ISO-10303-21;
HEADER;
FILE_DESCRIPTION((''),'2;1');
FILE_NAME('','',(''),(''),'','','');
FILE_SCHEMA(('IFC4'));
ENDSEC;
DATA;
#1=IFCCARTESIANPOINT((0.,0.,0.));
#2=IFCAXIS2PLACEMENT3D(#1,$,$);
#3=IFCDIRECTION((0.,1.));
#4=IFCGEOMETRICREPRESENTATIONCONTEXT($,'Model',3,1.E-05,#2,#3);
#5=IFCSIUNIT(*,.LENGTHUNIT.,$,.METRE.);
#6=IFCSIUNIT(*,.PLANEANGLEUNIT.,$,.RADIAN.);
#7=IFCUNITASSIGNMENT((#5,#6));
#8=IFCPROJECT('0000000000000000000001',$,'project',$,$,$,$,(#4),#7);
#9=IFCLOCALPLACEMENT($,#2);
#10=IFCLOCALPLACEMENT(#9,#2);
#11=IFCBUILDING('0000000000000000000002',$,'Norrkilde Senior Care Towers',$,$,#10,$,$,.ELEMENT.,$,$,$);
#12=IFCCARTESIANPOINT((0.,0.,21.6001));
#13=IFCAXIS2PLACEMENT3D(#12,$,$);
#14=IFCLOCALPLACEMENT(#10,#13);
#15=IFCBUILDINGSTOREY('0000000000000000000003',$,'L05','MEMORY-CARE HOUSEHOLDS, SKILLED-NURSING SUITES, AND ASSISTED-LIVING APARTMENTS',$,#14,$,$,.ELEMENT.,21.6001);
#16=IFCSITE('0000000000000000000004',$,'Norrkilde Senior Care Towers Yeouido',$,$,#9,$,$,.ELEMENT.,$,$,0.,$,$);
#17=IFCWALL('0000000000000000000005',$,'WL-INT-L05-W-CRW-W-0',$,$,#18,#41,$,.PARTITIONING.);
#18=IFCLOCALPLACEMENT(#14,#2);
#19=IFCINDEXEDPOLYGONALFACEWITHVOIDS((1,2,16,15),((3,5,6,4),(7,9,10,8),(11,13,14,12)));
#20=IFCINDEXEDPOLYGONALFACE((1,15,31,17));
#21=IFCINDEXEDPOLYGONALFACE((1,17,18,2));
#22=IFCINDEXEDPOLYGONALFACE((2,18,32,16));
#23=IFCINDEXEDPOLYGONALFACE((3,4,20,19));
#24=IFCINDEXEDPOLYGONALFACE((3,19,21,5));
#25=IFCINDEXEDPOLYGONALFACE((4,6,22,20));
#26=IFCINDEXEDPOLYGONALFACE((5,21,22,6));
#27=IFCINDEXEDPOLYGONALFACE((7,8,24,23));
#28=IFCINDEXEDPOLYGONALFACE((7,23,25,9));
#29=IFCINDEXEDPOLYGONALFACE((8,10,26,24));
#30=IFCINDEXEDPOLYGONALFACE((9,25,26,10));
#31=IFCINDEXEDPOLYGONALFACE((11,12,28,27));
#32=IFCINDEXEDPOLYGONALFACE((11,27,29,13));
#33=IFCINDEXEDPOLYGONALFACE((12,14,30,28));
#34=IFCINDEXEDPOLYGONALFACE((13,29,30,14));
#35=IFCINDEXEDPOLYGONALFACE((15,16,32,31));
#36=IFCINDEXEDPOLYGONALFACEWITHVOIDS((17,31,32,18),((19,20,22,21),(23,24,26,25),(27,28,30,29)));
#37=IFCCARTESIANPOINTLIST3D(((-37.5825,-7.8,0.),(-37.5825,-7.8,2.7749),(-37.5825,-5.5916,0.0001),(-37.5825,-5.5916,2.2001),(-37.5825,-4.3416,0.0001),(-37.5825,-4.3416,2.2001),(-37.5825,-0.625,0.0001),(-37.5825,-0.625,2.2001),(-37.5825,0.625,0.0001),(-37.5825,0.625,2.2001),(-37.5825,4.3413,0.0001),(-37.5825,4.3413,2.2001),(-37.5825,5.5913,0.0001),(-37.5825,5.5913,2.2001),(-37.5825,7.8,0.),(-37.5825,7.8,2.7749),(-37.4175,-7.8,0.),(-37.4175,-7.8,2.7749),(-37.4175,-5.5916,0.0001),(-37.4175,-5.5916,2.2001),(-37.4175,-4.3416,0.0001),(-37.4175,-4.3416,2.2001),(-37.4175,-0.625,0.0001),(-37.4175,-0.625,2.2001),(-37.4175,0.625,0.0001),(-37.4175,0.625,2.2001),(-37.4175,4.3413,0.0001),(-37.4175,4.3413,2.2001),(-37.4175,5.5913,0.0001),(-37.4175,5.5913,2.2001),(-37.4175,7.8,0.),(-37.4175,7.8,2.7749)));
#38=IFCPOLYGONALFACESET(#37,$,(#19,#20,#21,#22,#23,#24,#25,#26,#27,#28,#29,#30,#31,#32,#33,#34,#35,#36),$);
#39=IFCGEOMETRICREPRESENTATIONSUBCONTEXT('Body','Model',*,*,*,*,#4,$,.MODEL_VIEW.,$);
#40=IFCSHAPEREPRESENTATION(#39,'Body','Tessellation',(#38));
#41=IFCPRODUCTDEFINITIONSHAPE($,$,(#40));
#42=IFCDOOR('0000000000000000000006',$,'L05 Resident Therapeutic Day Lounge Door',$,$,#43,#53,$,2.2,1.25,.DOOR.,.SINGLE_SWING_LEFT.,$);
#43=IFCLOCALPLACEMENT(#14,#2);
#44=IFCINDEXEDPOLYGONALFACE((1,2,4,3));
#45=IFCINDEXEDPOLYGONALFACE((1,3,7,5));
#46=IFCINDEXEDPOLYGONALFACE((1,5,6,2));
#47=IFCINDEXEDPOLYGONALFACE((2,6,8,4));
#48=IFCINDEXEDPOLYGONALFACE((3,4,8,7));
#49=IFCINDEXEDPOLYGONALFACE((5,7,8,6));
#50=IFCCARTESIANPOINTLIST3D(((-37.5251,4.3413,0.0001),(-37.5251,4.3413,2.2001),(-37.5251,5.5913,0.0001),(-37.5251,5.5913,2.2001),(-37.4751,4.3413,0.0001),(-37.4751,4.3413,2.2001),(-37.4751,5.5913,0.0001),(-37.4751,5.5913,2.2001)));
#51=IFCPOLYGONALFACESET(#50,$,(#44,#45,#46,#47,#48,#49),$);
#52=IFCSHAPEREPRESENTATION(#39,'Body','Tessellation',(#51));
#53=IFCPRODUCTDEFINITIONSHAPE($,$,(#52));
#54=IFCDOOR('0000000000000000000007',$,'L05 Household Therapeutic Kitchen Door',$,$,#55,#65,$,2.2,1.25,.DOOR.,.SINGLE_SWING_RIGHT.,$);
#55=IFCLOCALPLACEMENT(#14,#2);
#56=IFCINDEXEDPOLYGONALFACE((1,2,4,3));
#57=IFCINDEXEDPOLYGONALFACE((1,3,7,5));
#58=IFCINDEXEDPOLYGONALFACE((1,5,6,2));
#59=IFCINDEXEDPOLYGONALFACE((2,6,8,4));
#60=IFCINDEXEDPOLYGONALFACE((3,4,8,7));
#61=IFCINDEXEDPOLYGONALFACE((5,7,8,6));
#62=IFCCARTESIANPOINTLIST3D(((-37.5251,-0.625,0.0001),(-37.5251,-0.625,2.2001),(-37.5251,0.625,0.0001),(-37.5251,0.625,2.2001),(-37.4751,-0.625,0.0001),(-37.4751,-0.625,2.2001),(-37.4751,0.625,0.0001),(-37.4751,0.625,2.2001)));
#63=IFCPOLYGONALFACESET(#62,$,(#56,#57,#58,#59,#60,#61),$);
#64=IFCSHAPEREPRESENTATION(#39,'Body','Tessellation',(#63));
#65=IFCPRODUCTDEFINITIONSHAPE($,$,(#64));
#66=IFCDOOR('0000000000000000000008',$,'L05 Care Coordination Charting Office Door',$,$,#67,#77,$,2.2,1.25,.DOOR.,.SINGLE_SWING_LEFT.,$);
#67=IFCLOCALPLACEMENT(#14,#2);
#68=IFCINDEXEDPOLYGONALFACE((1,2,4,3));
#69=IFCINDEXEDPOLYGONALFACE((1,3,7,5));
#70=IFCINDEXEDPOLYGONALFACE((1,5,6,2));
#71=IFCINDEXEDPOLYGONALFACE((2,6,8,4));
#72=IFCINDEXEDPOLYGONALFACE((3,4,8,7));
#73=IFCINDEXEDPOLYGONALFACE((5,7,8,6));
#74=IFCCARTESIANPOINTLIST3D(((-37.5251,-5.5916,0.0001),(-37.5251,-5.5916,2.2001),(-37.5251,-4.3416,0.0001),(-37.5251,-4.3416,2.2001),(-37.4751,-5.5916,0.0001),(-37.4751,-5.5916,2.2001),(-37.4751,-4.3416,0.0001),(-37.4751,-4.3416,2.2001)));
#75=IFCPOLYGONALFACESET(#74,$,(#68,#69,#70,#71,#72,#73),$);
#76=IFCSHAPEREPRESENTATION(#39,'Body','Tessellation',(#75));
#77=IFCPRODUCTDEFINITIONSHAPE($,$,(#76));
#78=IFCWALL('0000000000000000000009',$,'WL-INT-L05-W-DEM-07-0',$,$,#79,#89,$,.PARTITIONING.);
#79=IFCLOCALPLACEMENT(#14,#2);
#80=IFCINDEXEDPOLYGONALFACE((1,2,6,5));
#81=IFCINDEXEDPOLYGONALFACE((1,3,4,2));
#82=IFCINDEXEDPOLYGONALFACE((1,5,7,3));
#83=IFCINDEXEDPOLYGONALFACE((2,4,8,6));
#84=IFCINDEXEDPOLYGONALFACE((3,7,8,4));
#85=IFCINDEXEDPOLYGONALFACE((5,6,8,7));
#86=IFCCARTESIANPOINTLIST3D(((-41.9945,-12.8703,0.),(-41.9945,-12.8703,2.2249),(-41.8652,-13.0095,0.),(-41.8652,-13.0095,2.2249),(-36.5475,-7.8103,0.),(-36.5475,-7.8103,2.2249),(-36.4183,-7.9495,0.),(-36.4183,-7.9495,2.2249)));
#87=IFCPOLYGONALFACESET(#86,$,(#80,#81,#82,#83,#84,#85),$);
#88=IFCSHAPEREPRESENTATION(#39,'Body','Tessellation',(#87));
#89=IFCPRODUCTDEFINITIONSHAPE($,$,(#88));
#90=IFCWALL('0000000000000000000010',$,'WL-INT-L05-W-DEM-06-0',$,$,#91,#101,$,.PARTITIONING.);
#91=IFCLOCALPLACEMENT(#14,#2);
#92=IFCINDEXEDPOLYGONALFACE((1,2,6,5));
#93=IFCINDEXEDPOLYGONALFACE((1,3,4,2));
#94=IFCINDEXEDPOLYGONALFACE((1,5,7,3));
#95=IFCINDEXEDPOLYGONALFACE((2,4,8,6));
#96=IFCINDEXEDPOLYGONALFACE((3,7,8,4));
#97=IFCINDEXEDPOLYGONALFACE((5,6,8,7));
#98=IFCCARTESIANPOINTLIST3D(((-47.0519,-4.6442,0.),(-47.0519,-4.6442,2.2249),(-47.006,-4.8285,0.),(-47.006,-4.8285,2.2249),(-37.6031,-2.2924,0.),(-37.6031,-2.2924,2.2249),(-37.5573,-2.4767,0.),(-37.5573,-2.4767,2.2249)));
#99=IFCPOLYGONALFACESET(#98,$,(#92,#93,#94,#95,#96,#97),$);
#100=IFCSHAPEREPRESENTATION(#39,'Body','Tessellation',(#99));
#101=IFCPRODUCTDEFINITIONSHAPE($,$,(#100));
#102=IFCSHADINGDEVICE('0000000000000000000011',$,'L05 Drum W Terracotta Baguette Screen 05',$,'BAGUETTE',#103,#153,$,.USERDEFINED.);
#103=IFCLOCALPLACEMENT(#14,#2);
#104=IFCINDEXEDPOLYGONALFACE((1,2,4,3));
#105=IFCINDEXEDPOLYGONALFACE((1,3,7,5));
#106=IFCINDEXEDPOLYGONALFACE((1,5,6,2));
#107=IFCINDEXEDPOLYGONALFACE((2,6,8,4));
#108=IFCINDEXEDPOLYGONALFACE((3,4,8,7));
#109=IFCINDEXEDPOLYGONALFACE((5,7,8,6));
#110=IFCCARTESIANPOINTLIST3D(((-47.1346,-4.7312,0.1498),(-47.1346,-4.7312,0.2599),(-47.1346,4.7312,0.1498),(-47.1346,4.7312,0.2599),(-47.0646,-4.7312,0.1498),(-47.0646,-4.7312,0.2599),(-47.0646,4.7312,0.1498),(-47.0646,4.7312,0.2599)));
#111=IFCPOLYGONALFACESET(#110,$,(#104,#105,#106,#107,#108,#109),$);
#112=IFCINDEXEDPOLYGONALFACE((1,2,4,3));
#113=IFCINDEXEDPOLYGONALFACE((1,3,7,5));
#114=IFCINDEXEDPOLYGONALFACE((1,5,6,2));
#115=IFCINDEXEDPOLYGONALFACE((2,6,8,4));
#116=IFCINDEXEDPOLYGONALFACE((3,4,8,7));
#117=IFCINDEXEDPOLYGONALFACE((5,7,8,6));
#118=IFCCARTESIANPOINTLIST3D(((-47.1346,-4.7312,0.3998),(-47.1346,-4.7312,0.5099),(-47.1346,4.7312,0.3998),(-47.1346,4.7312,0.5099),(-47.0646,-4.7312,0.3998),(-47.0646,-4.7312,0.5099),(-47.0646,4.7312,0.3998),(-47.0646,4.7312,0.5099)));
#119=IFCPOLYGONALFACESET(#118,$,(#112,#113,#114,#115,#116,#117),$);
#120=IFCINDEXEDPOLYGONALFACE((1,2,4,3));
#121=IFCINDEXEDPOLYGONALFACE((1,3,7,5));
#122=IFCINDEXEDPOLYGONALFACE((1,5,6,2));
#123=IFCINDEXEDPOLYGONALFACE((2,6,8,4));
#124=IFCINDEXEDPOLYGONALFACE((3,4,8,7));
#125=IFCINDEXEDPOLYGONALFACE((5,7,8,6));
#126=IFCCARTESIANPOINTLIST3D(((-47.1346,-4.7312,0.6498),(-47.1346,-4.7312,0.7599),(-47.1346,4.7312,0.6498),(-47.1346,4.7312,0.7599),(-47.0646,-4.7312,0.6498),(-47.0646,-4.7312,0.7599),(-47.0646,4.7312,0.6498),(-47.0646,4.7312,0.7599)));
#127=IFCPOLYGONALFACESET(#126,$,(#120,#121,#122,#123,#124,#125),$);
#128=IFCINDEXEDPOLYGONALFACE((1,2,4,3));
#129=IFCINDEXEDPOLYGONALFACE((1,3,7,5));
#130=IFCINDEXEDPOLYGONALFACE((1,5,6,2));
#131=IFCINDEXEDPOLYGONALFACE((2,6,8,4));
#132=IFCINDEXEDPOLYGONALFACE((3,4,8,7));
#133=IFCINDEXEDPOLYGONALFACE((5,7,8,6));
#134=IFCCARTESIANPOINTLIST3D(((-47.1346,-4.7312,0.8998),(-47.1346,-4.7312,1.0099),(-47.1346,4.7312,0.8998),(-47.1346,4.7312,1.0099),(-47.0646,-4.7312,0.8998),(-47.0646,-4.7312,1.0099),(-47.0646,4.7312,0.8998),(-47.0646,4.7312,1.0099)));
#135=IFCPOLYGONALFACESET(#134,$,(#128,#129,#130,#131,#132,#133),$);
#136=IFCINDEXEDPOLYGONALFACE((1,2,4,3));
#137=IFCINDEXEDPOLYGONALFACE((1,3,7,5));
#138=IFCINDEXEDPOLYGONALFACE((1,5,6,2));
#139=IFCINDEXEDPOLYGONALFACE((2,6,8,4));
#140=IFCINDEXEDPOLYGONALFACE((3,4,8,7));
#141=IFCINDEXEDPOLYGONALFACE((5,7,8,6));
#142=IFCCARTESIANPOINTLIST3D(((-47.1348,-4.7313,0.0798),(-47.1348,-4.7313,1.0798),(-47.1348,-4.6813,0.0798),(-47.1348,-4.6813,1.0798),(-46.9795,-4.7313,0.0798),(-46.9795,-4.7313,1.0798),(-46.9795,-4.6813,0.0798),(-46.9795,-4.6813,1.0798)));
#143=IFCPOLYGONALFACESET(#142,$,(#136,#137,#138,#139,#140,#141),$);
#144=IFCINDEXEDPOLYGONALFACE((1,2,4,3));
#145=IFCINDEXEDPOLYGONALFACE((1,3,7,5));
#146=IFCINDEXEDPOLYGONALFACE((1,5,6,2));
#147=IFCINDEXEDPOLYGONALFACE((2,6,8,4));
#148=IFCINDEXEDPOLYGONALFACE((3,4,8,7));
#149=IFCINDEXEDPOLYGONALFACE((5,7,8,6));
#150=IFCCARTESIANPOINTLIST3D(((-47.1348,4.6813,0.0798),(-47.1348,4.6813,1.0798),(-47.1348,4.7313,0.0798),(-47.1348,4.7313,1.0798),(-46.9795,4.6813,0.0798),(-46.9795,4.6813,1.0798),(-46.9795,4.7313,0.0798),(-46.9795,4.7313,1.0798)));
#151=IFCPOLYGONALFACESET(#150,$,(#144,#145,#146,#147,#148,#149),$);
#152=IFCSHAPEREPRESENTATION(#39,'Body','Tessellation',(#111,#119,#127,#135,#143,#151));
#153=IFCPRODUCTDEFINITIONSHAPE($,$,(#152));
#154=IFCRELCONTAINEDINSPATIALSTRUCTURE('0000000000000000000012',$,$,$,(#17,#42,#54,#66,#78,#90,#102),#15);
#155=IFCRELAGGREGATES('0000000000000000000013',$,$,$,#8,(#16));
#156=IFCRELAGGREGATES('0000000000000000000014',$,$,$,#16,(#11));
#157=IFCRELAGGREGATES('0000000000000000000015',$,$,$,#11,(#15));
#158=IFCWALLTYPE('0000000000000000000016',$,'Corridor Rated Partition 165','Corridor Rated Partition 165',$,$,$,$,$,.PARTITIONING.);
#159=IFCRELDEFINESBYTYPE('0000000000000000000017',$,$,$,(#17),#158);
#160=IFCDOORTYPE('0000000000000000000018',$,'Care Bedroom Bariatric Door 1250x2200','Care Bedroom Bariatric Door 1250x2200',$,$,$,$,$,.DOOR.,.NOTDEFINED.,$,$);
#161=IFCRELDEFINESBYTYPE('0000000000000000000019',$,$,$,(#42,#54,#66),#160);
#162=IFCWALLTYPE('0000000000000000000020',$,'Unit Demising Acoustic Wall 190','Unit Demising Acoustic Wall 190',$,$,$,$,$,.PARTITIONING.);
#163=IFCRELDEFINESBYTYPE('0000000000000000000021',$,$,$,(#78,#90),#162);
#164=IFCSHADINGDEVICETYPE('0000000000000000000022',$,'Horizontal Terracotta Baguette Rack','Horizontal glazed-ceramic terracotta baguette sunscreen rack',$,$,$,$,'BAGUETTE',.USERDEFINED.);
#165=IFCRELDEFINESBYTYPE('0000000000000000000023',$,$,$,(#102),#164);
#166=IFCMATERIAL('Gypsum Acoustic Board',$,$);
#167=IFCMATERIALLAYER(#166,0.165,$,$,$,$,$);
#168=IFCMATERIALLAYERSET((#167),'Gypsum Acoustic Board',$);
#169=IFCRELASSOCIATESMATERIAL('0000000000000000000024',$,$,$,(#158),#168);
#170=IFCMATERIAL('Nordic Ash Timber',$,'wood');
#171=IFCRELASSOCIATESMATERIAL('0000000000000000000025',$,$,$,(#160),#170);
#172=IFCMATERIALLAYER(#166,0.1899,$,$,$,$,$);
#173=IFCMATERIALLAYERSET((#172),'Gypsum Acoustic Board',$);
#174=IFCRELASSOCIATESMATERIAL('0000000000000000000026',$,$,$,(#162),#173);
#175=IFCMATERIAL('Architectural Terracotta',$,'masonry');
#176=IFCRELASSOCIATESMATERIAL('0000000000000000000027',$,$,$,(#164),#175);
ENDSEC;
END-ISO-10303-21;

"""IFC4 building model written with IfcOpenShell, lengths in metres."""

from ifc_helpers import new_model, si_unit, direction, frame, frame_2d, origin, origin_2d, place, context, subcontext, project, spatial, rectangle, extrude, source, transform, mapped, material, layer, layer_set, type_object, type_shapes, element, fill, save


model = new_model("IFC4")

# Units and contexts
model_context = context("Model", 3, precision=1e-05, world=origin(), true_north=direction((0.0, 1.0)))
body_context = subcontext(model_context, "Body", "Model", "MODEL_VIEW")
ifc_project = project(units=[si_unit("LENGTHUNIT", "METRE"), si_unit("PLANEANGLEUNIT", "RADIAN")], contexts=[model_context])

# Site, building, storey
site_placement = place(None, origin())
site = spatial("IfcSite", under=ifc_project, at=site_placement, Name="Norrkilde Senior Care Towers Yeouido", CompositionType="ELEMENT", RefElevation=0.0)
building_placement = place(site_placement, origin())
building = spatial("IfcBuilding", under=site, at=building_placement, Name="Norrkilde Senior Care Towers", CompositionType="ELEMENT")
storey_placement = place(building_placement, frame((0.0, 0.0, 21.6001)))
storey = spatial("IfcBuildingStorey", under=building, at=storey_placement, Name="L05", Description="MEMORY-CARE HOUSEHOLDS, SKILLED-NURSING SUITES, AND ASSISTED-LIVING APARTMENTS", CompositionType="ELEMENT", Elevation=21.6001)

# Wall, openings, doors
ifc_material_1 = material(Name="Gypsum Acoustic Board")
ifc_layer_1 = layer(ifc_material_1, 0.165)
ifc_layer_set_1 = layer_set([ifc_layer_1], Name="Gypsum Acoustic Board")
wall_type_1 = type_object("IfcWallType", Name="Corridor Rated Partition 165", Description="Corridor Rated Partition 165", PredefinedType="PARTITIONING", material=ifc_layer_set_1)
shared_shape_1 = source(origin(), body_context, "Body", "SweptSolid", [
    extrude(rectangle(XDim=15.6001, YDim=0.165, at=frame_2d((7.8, 0.0))), origin(), (0.0, 0.0, 1.0), 2.7749),
])
type_shapes(wall_type_1, [shared_shape_1])
wall_1_placement = place(storey_placement, frame((-37.5, -7.8, 0.0), z_axis=(0.0, 0.0, 1.0), x_axis=(0.0, 1.0, 0.0)))
wall_1 = element("IfcWall", 1, at=wall_1_placement, inside=storey, type_object=wall_type_1, Name="WL-INT-L05-W-CRW-W-0", PredefinedType="PARTITIONING", context=body_context, shape_type="MappedRepresentation", body=[
    mapped(shared_shape_1, transform((0.0, 0.0, 0.0), x_axis=(1.0, 0.0, 0.0), y_axis=(0.0, 1.0, 0.0), z_axis=(0.0, 0.0, 1.0), scale=1.0)),
])
opening_1_placement = place(wall_1_placement, frame((12.1414, 0.0, 0.0)))
opening_1 = element("IfcOpeningElement", 2, at=opening_1_placement, cuts=wall_1, PredefinedType="OPENING", context=body_context, shape_type="SweptSolid", body=[
    extrude(rectangle(XDim=1.25, YDim=2.2, at=frame_2d((0.625, 1.1001))), frame((0.0, 0.0925, 0.0), z_axis=(0.0, -1.0, 0.0), x_axis=(1.0, 0.0, 0.0)), (0.0, 0.0, 1.0), 0.1851),
])
opening_2_placement = place(wall_1_placement, frame((7.175, 0.0, 0.0)))
opening_2 = element("IfcOpeningElement", 3, at=opening_2_placement, cuts=wall_1, PredefinedType="OPENING", context=body_context, shape_type="SweptSolid", body=[
    extrude(rectangle(XDim=1.25, YDim=2.2, at=frame_2d((0.625, 1.1001))), frame((0.0, 0.0925, 0.0), z_axis=(0.0, -1.0, 0.0), x_axis=(1.0, 0.0, 0.0)), (0.0, 0.0, 1.0), 0.1851),
])
opening_3_placement = place(wall_1_placement, frame((2.2085, 0.0, 0.0)))
opening_3 = element("IfcOpeningElement", 4, at=opening_3_placement, cuts=wall_1, PredefinedType="OPENING", context=body_context, shape_type="SweptSolid", body=[
    extrude(rectangle(XDim=1.25, YDim=2.2, at=frame_2d((0.625, 1.1001))), frame((0.0, 0.0925, 0.0), z_axis=(0.0, -1.0, 0.0), x_axis=(1.0, 0.0, 0.0)), (0.0, 0.0, 1.0), 0.1851),
])
ifc_material_2 = material(Name="Nordic Ash Timber", Category="wood")
door_type_1 = type_object("IfcDoorType", Name="Care Bedroom Bariatric Door 1250x2200", Description="Care Bedroom Bariatric Door 1250x2200", OperationType="NOTDEFINED", PredefinedType="DOOR", material=ifc_material_2)
shared_shape_2 = source(origin(), body_context, "Body", "SweptSolid", [
    extrude(rectangle(XDim=1.25, YDim=2.2, at=frame_2d((0.625, 1.1001))), frame((0.0, 0.0249, 0.0), z_axis=(0.0, -1.0, 0.0), x_axis=(1.0, 0.0, 0.0)), (0.0, 0.0, 1.0), 0.05),
])
type_shapes(door_type_1, [shared_shape_2])
door_1_placement = place(opening_1_placement, frame((1.25, 0.0, 0.0), z_axis=(0.0, 0.0, 1.0), x_axis=(-1.0, 0.0, 0.0)))
door_1 = element("IfcDoor", 5, at=door_1_placement, inside=storey, type_object=door_type_1, Name="L05 Resident Therapeutic Day Lounge Door", OperationType="SINGLE_SWING_LEFT", OverallHeight=2.2, OverallWidth=1.25, PredefinedType="DOOR", context=body_context, shape_type="MappedRepresentation", body=[
    mapped(shared_shape_2, transform((0.0, 0.0, 0.0), x_axis=(1.0, 0.0, 0.0), y_axis=(0.0, 1.0, 0.0), z_axis=(0.0, 0.0, 1.0), scale=1.0)),
])
fill(opening_1, door_1)
door_2_placement = place(opening_2_placement, frame((1.25, 0.0, 0.0), z_axis=(0.0, 0.0, 1.0), x_axis=(-1.0, 0.0, 0.0)))
door_2 = element("IfcDoor", 6, at=door_2_placement, inside=storey, type_object=door_type_1, Name="L05 Household Therapeutic Kitchen Door", OperationType="SINGLE_SWING_RIGHT", OverallHeight=2.2, OverallWidth=1.25, PredefinedType="DOOR", context=body_context, shape_type="MappedRepresentation", body=[
    mapped(shared_shape_2, transform((0.0, 0.0, 0.0), x_axis=(1.0, 0.0, 0.0), y_axis=(0.0, 1.0, 0.0), z_axis=(0.0, 0.0, 1.0), scale=1.0)),
])
fill(opening_2, door_2)
door_3_placement = place(opening_3_placement, frame((1.25, 0.0, 0.0), z_axis=(0.0, 0.0, 1.0), x_axis=(-1.0, 0.0, 0.0)))
door_3 = element("IfcDoor", 7, at=door_3_placement, inside=storey, type_object=door_type_1, Name="L05 Care Coordination Charting Office Door", OperationType="SINGLE_SWING_LEFT", OverallHeight=2.2, OverallWidth=1.25, PredefinedType="DOOR", context=body_context, shape_type="MappedRepresentation", body=[
    mapped(shared_shape_2, transform((0.0, 0.0, 0.0), x_axis=(1.0, 0.0, 0.0), y_axis=(0.0, 1.0, 0.0), z_axis=(0.0, 0.0, 1.0), scale=1.0)),
])
fill(opening_3, door_3)

# Walls
ifc_layer_2 = layer(ifc_material_1, 0.1899)
ifc_layer_set_2 = layer_set([ifc_layer_2], Name="Gypsum Acoustic Board")
wall_type_2 = type_object("IfcWallType", Name="Unit Demising Acoustic Wall 190", Description="Unit Demising Acoustic Wall 190", PredefinedType="PARTITIONING", material=ifc_layer_set_2)
shared_shape_3 = source(origin(), body_context, "Body", "SweptSolid", [
    extrude(rectangle(XDim=7.4346, YDim=0.1899, at=frame_2d((3.7173, 0.0))), origin(), (0.0, 0.0, 1.0), 2.2249),
])
wall_2_placement = place(storey_placement, frame((-36.4829, -7.8799, 0.0), z_axis=(0.0, 0.0, 1.0), x_axis=(-0.732652, -0.680603, 0.0)))
element("IfcWall", 8, at=wall_2_placement, inside=storey, type_object=wall_type_2, Name="WL-INT-L05-W-DEM-07-0", PredefinedType="PARTITIONING", context=body_context, shape_type="MappedRepresentation", body=[
    mapped(shared_shape_3, transform((0.0, 0.0, 0.0), x_axis=(1.0, 0.0, 0.0), y_axis=(0.0, 1.0, 0.0), z_axis=(0.0, 0.0, 1.0), scale=1.0)),
])
shared_shape_4 = source(origin(), body_context, "Body", "SweptSolid", [
    extrude(rectangle(XDim=9.7371, YDim=0.1899, at=frame_2d((4.8687, 0.0))), origin(), (0.0, 0.0, 1.0), 2.2249),
])
type_shapes(wall_type_2, [shared_shape_3, shared_shape_4])
wall_3_placement = place(storey_placement, frame((-37.5801, -2.3845, 0.0), z_axis=(0.0, 0.0, 1.0), x_axis=(-0.970393, -0.241533, 0.0)))
element("IfcWall", 9, at=wall_3_placement, inside=storey, type_object=wall_type_2, Name="WL-INT-L05-W-DEM-06-0", PredefinedType="PARTITIONING", context=body_context, shape_type="MappedRepresentation", body=[
    mapped(shared_shape_4, transform((0.0, 0.0, 0.0), x_axis=(1.0, 0.0, 0.0), y_axis=(0.0, 1.0, 0.0), z_axis=(0.0, 0.0, 1.0), scale=1.0)),
])

# Shading device
ifc_material_3 = material(Name="Architectural Terracotta", Category="masonry")
shading_device_type = type_object("IfcShadingDeviceType", Name="Horizontal Terracotta Baguette Rack", Description="Horizontal glazed-ceramic terracotta baguette sunscreen rack", ElementType="BAGUETTE", PredefinedType="USERDEFINED", material=ifc_material_3)
shared_shape_5 = source(origin(), body_context, "Body", "SweptSolid", [
    extrude(rectangle(XDim=0.0701, YDim=0.1101, at=origin_2d()), frame((0.0, 0.0901, 0.125), z_axis=(1.0, 0.0, 0.0), x_axis=(0.0, 1.0, 0.0)), (0.0, 0.0, 1.0), 9.4624),
    extrude(rectangle(XDim=0.0701, YDim=0.1101, at=origin_2d()), frame((0.0, 0.0901, 0.375), z_axis=(1.0, 0.0, 0.0), x_axis=(0.0, 1.0, 0.0)), (0.0, 0.0, 1.0), 9.4624),
    extrude(rectangle(XDim=0.0701, YDim=0.1101, at=origin_2d()), frame((0.0, 0.0901, 0.625), z_axis=(1.0, 0.0, 0.0), x_axis=(0.0, 1.0, 0.0)), (0.0, 0.0, 1.0), 9.4624),
    extrude(rectangle(XDim=0.0701, YDim=0.1101, at=origin_2d()), frame((0.0, 0.0901, 0.875), z_axis=(1.0, 0.0, 0.0), x_axis=(0.0, 1.0, 0.0)), (0.0, 0.0, 1.0), 9.4624),
    extrude(rectangle(XDim=0.05, YDim=0.1553, at=origin_2d()), frame((0.0249, 0.0476, 0.0)), (0.0, 0.0, 1.0), 1.0),
    extrude(rectangle(XDim=0.05, YDim=0.1553, at=origin_2d()), frame((9.4375, 0.0476, 0.0)), (0.0, 0.0, 1.0), 1.0),
])
type_shapes(shading_device_type, [shared_shape_5])
shading_device_placement = place(storey_placement, frame((-47.0095, -4.7312, 0.0798), z_axis=(0.0, 0.0, 1.0), x_axis=(0.0, 1.0, 0.0)))
element("IfcShadingDevice", 10, at=shading_device_placement, inside=storey, type_object=shading_device_type, Name="L05 Drum W Terracotta Baguette Screen 05", ObjectType="BAGUETTE", PredefinedType="USERDEFINED", context=body_context, shape_type="MappedRepresentation", body=[
    mapped(shared_shape_5, transform((0.0, 0.0, 0.0), x_axis=(1.0, 0.0, 0.0), y_axis=(0.0, 1.0, 0.0), z_axis=(0.0, 0.0, 1.0), scale=1.0)),
])

save(model, "model.ifc")
